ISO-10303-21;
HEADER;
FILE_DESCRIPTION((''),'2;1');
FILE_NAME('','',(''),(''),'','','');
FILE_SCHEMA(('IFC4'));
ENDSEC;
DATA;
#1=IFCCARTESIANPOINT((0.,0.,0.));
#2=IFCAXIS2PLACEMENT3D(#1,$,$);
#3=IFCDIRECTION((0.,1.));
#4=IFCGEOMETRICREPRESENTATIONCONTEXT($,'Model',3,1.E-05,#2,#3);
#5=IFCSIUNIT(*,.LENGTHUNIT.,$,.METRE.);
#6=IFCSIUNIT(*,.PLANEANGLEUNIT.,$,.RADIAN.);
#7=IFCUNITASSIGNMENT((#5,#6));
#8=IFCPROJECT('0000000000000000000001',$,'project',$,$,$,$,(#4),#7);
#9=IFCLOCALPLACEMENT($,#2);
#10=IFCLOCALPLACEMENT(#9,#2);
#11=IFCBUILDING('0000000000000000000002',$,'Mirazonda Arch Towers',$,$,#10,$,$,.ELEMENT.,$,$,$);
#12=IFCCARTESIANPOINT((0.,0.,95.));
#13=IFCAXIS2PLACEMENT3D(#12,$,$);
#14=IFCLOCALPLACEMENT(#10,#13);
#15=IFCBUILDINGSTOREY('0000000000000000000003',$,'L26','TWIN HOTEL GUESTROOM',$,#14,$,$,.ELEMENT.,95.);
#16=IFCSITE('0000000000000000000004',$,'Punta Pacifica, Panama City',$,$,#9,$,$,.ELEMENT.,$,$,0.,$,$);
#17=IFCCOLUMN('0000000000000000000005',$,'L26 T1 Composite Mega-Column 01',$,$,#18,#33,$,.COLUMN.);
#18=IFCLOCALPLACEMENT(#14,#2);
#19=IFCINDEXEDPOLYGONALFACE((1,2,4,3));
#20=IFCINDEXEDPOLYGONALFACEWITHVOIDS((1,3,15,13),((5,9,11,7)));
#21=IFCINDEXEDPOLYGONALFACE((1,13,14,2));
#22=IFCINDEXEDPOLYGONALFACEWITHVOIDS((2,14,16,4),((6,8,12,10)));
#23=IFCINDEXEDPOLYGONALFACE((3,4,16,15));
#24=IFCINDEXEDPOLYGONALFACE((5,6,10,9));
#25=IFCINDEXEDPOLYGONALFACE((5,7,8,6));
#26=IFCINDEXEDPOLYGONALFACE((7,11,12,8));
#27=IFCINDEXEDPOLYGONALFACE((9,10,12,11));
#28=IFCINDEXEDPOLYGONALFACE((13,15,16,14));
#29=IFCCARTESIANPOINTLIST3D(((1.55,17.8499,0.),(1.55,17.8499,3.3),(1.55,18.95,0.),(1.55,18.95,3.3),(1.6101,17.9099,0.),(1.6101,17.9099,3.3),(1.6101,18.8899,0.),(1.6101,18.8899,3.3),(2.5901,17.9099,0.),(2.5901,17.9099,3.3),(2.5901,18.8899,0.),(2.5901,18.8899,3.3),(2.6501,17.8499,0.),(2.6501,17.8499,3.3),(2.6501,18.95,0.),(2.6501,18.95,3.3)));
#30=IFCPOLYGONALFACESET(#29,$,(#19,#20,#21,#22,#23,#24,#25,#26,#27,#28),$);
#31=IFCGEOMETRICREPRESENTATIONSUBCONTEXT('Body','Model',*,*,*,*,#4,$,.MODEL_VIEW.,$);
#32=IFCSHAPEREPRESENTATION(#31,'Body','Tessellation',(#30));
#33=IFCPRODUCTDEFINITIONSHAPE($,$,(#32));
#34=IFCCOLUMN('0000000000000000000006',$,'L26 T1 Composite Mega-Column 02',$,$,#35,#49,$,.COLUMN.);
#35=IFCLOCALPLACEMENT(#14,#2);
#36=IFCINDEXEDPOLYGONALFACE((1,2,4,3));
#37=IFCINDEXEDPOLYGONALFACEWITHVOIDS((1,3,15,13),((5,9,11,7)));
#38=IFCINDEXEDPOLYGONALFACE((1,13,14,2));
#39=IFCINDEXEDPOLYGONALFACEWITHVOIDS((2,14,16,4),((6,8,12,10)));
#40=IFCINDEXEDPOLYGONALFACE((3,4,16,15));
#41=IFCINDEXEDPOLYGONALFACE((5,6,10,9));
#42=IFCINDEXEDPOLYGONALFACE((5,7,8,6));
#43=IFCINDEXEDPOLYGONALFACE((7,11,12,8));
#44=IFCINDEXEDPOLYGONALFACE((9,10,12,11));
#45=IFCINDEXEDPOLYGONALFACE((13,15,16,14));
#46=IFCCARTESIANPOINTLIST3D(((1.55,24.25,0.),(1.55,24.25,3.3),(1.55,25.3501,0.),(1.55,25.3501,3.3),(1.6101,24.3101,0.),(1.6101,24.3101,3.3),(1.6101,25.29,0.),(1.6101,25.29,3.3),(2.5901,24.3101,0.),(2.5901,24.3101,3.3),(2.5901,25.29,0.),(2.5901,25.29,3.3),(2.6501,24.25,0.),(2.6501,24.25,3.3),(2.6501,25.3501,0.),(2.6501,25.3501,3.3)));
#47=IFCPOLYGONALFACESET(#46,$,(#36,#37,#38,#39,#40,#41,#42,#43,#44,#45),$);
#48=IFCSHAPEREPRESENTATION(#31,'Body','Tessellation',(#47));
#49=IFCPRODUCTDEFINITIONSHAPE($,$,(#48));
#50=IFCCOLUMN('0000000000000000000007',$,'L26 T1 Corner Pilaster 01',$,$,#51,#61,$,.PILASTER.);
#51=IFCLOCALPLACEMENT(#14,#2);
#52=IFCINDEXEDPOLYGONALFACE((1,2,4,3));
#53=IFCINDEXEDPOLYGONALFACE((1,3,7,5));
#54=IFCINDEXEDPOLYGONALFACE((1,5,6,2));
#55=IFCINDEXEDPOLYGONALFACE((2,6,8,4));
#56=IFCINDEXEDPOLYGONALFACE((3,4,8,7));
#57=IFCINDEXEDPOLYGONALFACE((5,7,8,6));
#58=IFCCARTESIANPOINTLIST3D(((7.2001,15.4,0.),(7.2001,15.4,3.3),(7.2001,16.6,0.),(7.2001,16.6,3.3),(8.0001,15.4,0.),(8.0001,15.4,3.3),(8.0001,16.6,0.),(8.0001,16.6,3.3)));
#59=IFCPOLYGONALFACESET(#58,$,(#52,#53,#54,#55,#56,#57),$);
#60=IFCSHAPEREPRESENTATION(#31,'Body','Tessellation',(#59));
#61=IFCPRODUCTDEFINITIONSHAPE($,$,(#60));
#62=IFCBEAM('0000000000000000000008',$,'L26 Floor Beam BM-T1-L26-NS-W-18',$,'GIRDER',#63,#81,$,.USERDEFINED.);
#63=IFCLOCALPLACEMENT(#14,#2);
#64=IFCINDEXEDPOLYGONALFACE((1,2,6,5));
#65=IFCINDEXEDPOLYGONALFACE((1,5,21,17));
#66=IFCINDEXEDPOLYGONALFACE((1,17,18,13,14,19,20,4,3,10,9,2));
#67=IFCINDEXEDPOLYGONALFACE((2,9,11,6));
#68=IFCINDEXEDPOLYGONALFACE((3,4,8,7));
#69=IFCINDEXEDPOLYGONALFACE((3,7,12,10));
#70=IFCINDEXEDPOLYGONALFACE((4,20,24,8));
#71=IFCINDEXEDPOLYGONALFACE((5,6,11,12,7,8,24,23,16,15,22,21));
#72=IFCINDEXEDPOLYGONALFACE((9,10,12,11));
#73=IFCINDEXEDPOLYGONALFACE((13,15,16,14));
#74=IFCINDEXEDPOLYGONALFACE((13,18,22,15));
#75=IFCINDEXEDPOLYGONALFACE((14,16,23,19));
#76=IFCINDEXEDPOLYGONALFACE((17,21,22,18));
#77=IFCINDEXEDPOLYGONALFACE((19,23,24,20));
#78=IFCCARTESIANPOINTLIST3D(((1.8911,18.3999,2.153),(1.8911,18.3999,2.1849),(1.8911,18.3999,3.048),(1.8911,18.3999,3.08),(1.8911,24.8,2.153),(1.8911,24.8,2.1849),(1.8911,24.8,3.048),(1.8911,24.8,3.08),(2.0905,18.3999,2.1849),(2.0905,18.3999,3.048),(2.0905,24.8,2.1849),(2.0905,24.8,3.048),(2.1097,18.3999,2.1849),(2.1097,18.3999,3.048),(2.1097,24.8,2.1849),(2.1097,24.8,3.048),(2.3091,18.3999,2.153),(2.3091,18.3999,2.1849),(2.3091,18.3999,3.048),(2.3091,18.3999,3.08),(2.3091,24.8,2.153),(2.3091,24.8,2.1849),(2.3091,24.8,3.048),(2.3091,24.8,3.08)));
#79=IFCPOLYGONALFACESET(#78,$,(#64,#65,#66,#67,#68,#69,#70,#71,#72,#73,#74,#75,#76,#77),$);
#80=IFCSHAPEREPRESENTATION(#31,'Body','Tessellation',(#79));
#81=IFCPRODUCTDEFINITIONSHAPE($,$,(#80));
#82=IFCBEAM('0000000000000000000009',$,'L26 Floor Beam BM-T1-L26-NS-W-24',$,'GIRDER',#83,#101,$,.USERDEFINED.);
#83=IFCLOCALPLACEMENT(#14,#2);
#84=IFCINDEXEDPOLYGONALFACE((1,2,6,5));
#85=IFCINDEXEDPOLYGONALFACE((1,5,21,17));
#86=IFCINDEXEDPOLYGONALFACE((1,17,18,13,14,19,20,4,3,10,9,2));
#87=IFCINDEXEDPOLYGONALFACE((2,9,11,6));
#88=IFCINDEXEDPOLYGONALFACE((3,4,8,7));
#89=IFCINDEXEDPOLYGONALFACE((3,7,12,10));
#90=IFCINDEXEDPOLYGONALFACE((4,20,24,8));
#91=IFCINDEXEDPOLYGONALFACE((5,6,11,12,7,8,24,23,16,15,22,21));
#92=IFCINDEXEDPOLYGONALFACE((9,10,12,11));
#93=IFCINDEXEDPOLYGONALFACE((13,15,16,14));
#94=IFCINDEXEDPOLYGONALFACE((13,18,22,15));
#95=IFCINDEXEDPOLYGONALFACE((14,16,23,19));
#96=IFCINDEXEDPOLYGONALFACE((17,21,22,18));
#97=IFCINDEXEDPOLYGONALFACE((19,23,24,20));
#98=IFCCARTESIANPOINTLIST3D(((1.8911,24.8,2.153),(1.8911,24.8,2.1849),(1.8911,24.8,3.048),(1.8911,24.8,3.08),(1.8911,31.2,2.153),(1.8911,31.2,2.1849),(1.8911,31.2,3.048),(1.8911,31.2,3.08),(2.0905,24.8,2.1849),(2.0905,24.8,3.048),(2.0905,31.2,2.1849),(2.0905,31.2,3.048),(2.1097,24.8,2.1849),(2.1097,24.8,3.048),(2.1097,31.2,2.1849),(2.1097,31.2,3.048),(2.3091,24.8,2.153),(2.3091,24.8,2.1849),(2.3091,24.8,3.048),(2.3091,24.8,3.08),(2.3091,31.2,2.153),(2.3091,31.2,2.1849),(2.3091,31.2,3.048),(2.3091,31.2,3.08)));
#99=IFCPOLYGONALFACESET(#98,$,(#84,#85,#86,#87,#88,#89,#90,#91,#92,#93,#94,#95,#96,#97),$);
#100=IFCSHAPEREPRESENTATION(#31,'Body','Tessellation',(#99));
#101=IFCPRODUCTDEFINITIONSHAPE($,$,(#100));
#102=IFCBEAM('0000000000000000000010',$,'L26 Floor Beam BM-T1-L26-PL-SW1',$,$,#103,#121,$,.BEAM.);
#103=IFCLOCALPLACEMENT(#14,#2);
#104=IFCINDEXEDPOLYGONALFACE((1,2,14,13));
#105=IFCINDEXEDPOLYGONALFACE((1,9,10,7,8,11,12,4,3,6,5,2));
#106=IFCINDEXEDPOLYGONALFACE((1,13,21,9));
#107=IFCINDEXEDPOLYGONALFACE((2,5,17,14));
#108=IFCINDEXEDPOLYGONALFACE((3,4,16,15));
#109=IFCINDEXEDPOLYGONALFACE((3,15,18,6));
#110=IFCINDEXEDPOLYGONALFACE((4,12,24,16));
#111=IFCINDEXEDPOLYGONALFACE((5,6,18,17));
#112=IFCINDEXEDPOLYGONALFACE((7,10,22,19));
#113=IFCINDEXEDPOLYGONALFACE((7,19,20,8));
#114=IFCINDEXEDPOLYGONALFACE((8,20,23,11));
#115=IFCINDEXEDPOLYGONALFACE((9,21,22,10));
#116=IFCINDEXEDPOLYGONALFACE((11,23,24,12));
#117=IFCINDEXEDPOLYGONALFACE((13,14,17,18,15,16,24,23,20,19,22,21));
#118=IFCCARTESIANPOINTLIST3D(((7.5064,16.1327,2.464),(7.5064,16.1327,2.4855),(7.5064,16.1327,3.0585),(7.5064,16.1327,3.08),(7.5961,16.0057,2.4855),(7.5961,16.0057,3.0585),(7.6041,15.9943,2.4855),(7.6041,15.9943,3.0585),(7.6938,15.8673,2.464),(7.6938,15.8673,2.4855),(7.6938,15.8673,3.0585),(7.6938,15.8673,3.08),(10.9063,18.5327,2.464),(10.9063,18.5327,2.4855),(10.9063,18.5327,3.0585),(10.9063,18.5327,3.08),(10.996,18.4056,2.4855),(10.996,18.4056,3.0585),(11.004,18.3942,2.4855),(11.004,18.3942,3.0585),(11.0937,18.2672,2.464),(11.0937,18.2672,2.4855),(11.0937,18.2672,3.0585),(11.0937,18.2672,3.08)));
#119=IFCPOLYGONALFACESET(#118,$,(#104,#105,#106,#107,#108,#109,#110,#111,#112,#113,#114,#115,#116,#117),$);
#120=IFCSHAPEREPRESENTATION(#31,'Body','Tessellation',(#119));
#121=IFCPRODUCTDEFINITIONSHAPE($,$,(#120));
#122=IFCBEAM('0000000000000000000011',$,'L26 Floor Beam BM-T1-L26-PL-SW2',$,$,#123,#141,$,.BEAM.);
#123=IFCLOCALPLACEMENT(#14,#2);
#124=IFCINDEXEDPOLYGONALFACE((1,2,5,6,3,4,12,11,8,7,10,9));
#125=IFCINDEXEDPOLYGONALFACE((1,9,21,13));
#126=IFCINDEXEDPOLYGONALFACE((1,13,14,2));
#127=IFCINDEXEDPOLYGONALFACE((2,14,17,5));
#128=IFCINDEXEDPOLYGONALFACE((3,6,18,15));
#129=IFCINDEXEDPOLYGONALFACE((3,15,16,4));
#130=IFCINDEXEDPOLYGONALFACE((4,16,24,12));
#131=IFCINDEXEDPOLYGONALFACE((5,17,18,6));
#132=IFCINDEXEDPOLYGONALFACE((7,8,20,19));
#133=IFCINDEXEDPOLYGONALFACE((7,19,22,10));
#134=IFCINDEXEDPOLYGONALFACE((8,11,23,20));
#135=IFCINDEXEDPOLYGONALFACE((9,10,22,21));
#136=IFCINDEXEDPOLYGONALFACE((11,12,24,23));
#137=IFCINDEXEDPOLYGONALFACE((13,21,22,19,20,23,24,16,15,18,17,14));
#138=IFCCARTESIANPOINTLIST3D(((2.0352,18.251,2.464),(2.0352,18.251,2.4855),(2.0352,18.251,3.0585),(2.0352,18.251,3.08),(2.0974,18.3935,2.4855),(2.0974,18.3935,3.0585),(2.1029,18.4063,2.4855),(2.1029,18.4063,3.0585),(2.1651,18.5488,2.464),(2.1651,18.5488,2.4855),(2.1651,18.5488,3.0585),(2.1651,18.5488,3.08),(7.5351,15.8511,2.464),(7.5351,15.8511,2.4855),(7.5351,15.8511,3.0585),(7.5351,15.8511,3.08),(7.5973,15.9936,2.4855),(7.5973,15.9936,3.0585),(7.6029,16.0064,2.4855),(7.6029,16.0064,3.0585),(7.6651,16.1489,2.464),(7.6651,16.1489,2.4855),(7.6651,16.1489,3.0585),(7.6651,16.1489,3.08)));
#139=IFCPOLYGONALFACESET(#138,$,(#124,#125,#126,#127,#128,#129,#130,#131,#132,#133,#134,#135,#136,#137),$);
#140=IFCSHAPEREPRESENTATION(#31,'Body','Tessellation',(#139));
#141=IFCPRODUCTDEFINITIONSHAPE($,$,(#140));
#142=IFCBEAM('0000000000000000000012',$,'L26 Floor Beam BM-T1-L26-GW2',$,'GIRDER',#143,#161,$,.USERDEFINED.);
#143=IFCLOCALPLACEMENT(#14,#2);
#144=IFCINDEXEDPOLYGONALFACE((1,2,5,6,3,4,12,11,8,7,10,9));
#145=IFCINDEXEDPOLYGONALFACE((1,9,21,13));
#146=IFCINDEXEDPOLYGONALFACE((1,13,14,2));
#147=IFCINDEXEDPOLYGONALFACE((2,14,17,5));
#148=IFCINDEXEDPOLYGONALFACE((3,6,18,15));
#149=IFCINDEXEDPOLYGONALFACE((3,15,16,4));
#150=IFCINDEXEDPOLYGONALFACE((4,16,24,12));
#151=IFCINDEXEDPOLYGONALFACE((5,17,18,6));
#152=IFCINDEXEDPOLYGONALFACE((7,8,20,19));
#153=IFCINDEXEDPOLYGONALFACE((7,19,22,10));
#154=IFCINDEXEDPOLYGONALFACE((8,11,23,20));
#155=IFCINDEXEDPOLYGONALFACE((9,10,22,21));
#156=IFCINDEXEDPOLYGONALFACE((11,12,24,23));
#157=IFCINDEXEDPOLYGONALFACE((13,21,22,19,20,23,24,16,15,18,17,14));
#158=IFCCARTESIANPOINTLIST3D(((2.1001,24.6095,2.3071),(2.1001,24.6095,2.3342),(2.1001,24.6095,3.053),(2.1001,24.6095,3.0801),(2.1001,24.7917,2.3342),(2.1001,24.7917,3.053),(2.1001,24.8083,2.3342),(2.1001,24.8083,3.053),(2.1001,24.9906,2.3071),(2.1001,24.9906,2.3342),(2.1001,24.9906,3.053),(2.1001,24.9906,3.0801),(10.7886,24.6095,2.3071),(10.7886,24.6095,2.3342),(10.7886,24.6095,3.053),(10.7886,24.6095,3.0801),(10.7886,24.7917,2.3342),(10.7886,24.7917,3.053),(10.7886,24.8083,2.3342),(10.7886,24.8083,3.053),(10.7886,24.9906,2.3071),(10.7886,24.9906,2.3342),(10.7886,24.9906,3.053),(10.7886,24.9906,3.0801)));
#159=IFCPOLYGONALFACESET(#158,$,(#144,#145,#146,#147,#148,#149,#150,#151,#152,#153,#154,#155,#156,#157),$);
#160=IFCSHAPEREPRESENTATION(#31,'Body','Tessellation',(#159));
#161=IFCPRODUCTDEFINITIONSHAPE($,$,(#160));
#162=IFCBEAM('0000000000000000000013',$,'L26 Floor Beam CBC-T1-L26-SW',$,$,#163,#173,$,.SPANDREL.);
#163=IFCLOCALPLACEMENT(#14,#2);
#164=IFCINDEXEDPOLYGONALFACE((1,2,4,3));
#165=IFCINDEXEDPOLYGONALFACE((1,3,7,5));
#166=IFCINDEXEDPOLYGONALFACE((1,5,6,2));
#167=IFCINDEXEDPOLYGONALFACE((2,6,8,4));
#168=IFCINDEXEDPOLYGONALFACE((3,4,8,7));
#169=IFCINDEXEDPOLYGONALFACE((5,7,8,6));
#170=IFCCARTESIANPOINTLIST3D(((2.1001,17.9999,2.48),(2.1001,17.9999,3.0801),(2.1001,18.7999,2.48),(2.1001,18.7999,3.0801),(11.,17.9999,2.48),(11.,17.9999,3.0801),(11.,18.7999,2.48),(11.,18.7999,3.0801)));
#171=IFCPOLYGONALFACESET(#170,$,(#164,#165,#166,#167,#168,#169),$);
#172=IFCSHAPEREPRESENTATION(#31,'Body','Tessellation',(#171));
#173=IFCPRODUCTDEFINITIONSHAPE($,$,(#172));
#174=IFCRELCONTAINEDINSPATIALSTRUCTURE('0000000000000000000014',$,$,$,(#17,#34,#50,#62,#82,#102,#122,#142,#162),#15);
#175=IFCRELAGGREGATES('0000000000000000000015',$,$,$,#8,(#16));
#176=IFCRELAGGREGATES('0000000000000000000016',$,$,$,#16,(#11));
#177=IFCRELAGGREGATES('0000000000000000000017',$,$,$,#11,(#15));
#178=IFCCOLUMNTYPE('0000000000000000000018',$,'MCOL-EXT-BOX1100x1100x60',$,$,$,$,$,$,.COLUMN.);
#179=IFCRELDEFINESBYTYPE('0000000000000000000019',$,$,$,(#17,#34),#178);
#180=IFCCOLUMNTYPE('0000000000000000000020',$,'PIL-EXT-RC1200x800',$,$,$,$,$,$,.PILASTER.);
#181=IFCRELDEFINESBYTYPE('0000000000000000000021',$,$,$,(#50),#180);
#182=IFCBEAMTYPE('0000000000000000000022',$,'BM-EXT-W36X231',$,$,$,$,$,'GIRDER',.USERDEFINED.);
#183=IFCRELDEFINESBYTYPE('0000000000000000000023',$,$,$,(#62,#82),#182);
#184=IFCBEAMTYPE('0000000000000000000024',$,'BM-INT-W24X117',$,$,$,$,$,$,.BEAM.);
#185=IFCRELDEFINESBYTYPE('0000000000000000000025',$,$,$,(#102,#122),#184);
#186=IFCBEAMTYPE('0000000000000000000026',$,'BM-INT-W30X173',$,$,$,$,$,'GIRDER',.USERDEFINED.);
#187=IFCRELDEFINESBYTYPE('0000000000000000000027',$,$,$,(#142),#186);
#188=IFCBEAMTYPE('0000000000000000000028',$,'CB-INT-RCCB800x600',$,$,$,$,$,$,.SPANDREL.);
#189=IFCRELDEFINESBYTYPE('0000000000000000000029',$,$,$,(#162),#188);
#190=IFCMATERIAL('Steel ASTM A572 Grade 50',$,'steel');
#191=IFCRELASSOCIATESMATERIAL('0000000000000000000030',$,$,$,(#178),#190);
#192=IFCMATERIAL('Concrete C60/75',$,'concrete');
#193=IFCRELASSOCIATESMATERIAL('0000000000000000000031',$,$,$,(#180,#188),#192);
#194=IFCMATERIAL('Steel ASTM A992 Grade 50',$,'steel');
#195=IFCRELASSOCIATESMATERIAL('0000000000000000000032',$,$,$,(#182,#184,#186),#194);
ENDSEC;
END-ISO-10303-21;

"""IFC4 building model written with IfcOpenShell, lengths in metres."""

from ifc_helpers import new_model, si_unit, direction, frame, origin, origin_2d, place, context, subcontext, project, spatial, rectangle, hollow_rectangle, i_section, extrude, material, material_profile, profile_set, type_object, element, save


model = new_model("IFC4")

# Units and contexts
model_context = context("Model", 3, precision=1e-05, world=origin(), true_north=direction((0.0, 1.0)))
body_context = subcontext(model_context, "Body", "Model", "MODEL_VIEW")
ifc_project = project(units=[si_unit("LENGTHUNIT", "METRE"), si_unit("PLANEANGLEUNIT", "RADIAN")], contexts=[model_context])

# Site, building, storey
site_placement = place(None, origin())
site = spatial("IfcSite", under=ifc_project, at=site_placement, Name="Punta Pacifica, Panama City", CompositionType="ELEMENT", RefElevation=0.0)
building_placement = place(site_placement, origin())
building = spatial("IfcBuilding", under=site, at=building_placement, Name="Mirazonda Arch Towers", CompositionType="ELEMENT")
storey_placement = place(building_placement, frame((0.0, 0.0, 95.0)))
storey = spatial("IfcBuildingStorey", under=building, at=storey_placement, Name="L26", Description="TWIN HOTEL GUESTROOM", CompositionType="ELEMENT", Elevation=95.0)

# Columns
ifc_material_1 = material(Name="Steel ASTM A572 Grade 50", Category="steel")
ifc_material_profile_1 = material_profile(ifc_material_1, hollow_rectangle(XDim=1.1001, YDim=1.1001, WallThickness=0.0601, at=origin_2d()), Name="BOX1100x1100x60")
ifc_profile_set_1 = profile_set([ifc_material_profile_1], Name="Steel ASTM A572 Grade 50")
column_type_1 = type_object("IfcColumnType", Name="MCOL-EXT-BOX1100x1100x60", PredefinedType="COLUMN", material=ifc_profile_set_1)
for number, where, z_axis, x_axis, name in (
    (1, (2.1001, 18.3999, 0.0), (0.0, 0.0, 1.0), (1.0, 0.0, 0.0), "L26 T1 Composite Mega-Column 01"),
    (2, (2.1001, 24.8, 0.0), (0.0, 0.0, 1.0), (1.0, 0.0, 0.0), "L26 T1 Composite Mega-Column 02"),
):
    element("IfcColumn", number, at=place(storey_placement, frame(where, z_axis=z_axis, x_axis=x_axis)), inside=storey, type_object=column_type_1, Name=name, PredefinedType="COLUMN", context=body_context, shape_type="SweptSolid", body=[
        extrude(hollow_rectangle(XDim=1.1001, YDim=1.1001, WallThickness=0.0601, at=origin_2d()), origin(), (0.0, 0.0, 1.0), 3.3),
    ])
ifc_material_2 = material(Name="Concrete C60/75", Category="concrete")
ifc_material_profile_2 = material_profile(ifc_material_2, rectangle(XDim=0.8, YDim=1.2, at=origin_2d()), Name="RC1200x800")
ifc_profile_set_2 = profile_set([ifc_material_profile_2], Name="Concrete C60/75")
column_type_2 = type_object("IfcColumnType", Name="PIL-EXT-RC1200x800", PredefinedType="PILASTER", material=ifc_profile_set_2)
column_placement = place(storey_placement, frame((7.6001, 16.0, 0.0), z_axis=(0.0, 0.0, 1.0), x_axis=(1.0, 0.0, 0.0)))
element("IfcColumn", 3, at=column_placement, inside=storey, type_object=column_type_2, Name="L26 T1 Corner Pilaster 01", PredefinedType="PILASTER", context=body_context, shape_type="SweptSolid", body=[
    extrude(rectangle(XDim=0.8, YDim=1.2, at=origin_2d()), origin(), (0.0, 0.0, 1.0), 3.3),
])

# Beams
ifc_material_3 = material(Name="Steel ASTM A992 Grade 50", Category="steel")
ifc_material_profile_3 = material_profile(ifc_material_3, i_section(OverallWidth=0.418, OverallDepth=0.927, WebThickness=0.0193, FlangeThickness=0.032, at=origin_2d()), Name="W36X231")
ifc_profile_set_3 = profile_set([ifc_material_profile_3], Name="Steel ASTM A992 Grade 50")
beam_type_1 = type_object("IfcBeamType", Name="BM-EXT-W36X231", ElementType="GIRDER", PredefinedType="USERDEFINED", material=ifc_profile_set_3)
beam_1_placement = place(storey_placement, frame((2.1001, 18.3999, 2.6165), z_axis=(0.0, 1.0, 0.0), x_axis=(-1.0, 0.0, 0.0)))
element("IfcBeam", 4, at=beam_1_placement, inside=storey, type_object=beam_type_1, Name="L26 Floor Beam BM-T1-L26-NS-W-18", ObjectType="GIRDER", PredefinedType="USERDEFINED", context=body_context, shape_type="SweptSolid", body=[
    extrude(i_section(OverallWidth=0.418, OverallDepth=0.927, WebThickness=0.0193, FlangeThickness=0.032, at=origin_2d()), origin(), (0.0, 0.0, 1.0), 6.4001),
])
beam_2_placement = place(storey_placement, frame((2.1001, 24.8, 2.6165), z_axis=(0.0, 1.0, 0.0), x_axis=(-1.0, 0.0, 0.0)))
element("IfcBeam", 5, at=beam_2_placement, inside=storey, type_object=beam_type_1, Name="L26 Floor Beam BM-T1-L26-NS-W-24", ObjectType="GIRDER", PredefinedType="USERDEFINED", context=body_context, shape_type="SweptSolid", body=[
    extrude(i_section(OverallWidth=0.418, OverallDepth=0.927, WebThickness=0.0193, FlangeThickness=0.032, at=origin_2d()), origin(), (0.0, 0.0, 1.0), 6.3999),
])
ifc_material_profile_4 = material_profile(ifc_material_3, i_section(OverallWidth=0.325, OverallDepth=0.616, WebThickness=0.0139, FlangeThickness=0.0215, at=origin_2d()), Name="W24X117")
ifc_profile_set_4 = profile_set([ifc_material_profile_4], Name="Steel ASTM A992 Grade 50")
beam_type_2 = type_object("IfcBeamType", Name="BM-INT-W24X117", PredefinedType="BEAM", material=ifc_profile_set_4)
beam_3_placement = place(storey_placement, frame((7.6001, 16.0, 2.772), z_axis=(0.816971, 0.576679, 0.0), x_axis=(-0.576679, 0.816971, 0.0)))
element("IfcBeam", 6, at=beam_3_placement, inside=storey, type_object=beam_type_2, Name="L26 Floor Beam BM-T1-L26-PL-SW1", PredefinedType="BEAM", context=body_context, shape_type="SweptSolid", body=[
    extrude(i_section(OverallWidth=0.325, OverallDepth=0.616, WebThickness=0.0139, FlangeThickness=0.0215, at=origin_2d()), origin(), (0.0, 0.0, 1.0), 4.1616),
])
beam_4_placement = place(storey_placement, frame((7.6001, 16.0, 2.772), z_axis=(-0.916545, 0.399931, 0.0), x_axis=(-0.399931, -0.916545, 0.0)))
element("IfcBeam", 7, at=beam_4_placement, inside=storey, type_object=beam_type_2, Name="L26 Floor Beam BM-T1-L26-PL-SW2", PredefinedType="BEAM", context=body_context, shape_type="SweptSolid", body=[
    extrude(i_section(OverallWidth=0.325, OverallDepth=0.616, WebThickness=0.0139, FlangeThickness=0.0215, at=origin_2d()), origin(), (0.0, 0.0, 1.0), 6.0007),
])
ifc_material_profile_5 = material_profile(ifc_material_3, i_section(OverallWidth=0.3811, OverallDepth=0.7729, WebThickness=0.0166, FlangeThickness=0.0271, at=origin_2d()), Name="W30X173")
ifc_profile_set_5 = profile_set([ifc_material_profile_5], Name="Steel ASTM A992 Grade 50")
beam_type_3 = type_object("IfcBeamType", Name="BM-INT-W30X173", ElementType="GIRDER", PredefinedType="USERDEFINED", material=ifc_profile_set_5)
beam_5_placement = place(storey_placement, frame((2.1001, 24.8, 2.6936), z_axis=(1.0, 0.0, 0.0), x_axis=(0.0, 1.0, 0.0)))
element("IfcBeam", 8, at=beam_5_placement, inside=storey, type_object=beam_type_3, Name="L26 Floor Beam BM-T1-L26-GW2", ObjectType="GIRDER", PredefinedType="USERDEFINED", context=body_context, shape_type="SweptSolid", body=[
    extrude(i_section(OverallWidth=0.3811, OverallDepth=0.7729, WebThickness=0.0166, FlangeThickness=0.0271, at=origin_2d()), origin(), (0.0, 0.0, 1.0), 8.6885),
])
ifc_material_profile_6 = material_profile(ifc_material_2, rectangle(XDim=0.8, YDim=0.6001, at=origin_2d()), Name="RCCB800x600")
ifc_profile_set_6 = profile_set([ifc_material_profile_6], Name="Concrete C60/75")
beam_type_4 = type_object("IfcBeamType", Name="CB-INT-RCCB800x600", PredefinedType="SPANDREL", material=ifc_profile_set_6)
beam_6_placement = place(storey_placement, frame((2.1001, 18.3999, 2.78), z_axis=(1.0, 0.0, 0.0), x_axis=(0.0, 1.0, 0.0)))
element("IfcBeam", 9, at=beam_6_placement, inside=storey, type_object=beam_type_4, Name="L26 Floor Beam CBC-T1-L26-SW", PredefinedType="SPANDREL", context=body_context, shape_type="SweptSolid", body=[
    extrude(rectangle(XDim=0.8, YDim=0.6001, at=origin_2d()), origin(), (0.0, 0.0, 1.0), 8.8999),
])

save(model, "model.ifc")
